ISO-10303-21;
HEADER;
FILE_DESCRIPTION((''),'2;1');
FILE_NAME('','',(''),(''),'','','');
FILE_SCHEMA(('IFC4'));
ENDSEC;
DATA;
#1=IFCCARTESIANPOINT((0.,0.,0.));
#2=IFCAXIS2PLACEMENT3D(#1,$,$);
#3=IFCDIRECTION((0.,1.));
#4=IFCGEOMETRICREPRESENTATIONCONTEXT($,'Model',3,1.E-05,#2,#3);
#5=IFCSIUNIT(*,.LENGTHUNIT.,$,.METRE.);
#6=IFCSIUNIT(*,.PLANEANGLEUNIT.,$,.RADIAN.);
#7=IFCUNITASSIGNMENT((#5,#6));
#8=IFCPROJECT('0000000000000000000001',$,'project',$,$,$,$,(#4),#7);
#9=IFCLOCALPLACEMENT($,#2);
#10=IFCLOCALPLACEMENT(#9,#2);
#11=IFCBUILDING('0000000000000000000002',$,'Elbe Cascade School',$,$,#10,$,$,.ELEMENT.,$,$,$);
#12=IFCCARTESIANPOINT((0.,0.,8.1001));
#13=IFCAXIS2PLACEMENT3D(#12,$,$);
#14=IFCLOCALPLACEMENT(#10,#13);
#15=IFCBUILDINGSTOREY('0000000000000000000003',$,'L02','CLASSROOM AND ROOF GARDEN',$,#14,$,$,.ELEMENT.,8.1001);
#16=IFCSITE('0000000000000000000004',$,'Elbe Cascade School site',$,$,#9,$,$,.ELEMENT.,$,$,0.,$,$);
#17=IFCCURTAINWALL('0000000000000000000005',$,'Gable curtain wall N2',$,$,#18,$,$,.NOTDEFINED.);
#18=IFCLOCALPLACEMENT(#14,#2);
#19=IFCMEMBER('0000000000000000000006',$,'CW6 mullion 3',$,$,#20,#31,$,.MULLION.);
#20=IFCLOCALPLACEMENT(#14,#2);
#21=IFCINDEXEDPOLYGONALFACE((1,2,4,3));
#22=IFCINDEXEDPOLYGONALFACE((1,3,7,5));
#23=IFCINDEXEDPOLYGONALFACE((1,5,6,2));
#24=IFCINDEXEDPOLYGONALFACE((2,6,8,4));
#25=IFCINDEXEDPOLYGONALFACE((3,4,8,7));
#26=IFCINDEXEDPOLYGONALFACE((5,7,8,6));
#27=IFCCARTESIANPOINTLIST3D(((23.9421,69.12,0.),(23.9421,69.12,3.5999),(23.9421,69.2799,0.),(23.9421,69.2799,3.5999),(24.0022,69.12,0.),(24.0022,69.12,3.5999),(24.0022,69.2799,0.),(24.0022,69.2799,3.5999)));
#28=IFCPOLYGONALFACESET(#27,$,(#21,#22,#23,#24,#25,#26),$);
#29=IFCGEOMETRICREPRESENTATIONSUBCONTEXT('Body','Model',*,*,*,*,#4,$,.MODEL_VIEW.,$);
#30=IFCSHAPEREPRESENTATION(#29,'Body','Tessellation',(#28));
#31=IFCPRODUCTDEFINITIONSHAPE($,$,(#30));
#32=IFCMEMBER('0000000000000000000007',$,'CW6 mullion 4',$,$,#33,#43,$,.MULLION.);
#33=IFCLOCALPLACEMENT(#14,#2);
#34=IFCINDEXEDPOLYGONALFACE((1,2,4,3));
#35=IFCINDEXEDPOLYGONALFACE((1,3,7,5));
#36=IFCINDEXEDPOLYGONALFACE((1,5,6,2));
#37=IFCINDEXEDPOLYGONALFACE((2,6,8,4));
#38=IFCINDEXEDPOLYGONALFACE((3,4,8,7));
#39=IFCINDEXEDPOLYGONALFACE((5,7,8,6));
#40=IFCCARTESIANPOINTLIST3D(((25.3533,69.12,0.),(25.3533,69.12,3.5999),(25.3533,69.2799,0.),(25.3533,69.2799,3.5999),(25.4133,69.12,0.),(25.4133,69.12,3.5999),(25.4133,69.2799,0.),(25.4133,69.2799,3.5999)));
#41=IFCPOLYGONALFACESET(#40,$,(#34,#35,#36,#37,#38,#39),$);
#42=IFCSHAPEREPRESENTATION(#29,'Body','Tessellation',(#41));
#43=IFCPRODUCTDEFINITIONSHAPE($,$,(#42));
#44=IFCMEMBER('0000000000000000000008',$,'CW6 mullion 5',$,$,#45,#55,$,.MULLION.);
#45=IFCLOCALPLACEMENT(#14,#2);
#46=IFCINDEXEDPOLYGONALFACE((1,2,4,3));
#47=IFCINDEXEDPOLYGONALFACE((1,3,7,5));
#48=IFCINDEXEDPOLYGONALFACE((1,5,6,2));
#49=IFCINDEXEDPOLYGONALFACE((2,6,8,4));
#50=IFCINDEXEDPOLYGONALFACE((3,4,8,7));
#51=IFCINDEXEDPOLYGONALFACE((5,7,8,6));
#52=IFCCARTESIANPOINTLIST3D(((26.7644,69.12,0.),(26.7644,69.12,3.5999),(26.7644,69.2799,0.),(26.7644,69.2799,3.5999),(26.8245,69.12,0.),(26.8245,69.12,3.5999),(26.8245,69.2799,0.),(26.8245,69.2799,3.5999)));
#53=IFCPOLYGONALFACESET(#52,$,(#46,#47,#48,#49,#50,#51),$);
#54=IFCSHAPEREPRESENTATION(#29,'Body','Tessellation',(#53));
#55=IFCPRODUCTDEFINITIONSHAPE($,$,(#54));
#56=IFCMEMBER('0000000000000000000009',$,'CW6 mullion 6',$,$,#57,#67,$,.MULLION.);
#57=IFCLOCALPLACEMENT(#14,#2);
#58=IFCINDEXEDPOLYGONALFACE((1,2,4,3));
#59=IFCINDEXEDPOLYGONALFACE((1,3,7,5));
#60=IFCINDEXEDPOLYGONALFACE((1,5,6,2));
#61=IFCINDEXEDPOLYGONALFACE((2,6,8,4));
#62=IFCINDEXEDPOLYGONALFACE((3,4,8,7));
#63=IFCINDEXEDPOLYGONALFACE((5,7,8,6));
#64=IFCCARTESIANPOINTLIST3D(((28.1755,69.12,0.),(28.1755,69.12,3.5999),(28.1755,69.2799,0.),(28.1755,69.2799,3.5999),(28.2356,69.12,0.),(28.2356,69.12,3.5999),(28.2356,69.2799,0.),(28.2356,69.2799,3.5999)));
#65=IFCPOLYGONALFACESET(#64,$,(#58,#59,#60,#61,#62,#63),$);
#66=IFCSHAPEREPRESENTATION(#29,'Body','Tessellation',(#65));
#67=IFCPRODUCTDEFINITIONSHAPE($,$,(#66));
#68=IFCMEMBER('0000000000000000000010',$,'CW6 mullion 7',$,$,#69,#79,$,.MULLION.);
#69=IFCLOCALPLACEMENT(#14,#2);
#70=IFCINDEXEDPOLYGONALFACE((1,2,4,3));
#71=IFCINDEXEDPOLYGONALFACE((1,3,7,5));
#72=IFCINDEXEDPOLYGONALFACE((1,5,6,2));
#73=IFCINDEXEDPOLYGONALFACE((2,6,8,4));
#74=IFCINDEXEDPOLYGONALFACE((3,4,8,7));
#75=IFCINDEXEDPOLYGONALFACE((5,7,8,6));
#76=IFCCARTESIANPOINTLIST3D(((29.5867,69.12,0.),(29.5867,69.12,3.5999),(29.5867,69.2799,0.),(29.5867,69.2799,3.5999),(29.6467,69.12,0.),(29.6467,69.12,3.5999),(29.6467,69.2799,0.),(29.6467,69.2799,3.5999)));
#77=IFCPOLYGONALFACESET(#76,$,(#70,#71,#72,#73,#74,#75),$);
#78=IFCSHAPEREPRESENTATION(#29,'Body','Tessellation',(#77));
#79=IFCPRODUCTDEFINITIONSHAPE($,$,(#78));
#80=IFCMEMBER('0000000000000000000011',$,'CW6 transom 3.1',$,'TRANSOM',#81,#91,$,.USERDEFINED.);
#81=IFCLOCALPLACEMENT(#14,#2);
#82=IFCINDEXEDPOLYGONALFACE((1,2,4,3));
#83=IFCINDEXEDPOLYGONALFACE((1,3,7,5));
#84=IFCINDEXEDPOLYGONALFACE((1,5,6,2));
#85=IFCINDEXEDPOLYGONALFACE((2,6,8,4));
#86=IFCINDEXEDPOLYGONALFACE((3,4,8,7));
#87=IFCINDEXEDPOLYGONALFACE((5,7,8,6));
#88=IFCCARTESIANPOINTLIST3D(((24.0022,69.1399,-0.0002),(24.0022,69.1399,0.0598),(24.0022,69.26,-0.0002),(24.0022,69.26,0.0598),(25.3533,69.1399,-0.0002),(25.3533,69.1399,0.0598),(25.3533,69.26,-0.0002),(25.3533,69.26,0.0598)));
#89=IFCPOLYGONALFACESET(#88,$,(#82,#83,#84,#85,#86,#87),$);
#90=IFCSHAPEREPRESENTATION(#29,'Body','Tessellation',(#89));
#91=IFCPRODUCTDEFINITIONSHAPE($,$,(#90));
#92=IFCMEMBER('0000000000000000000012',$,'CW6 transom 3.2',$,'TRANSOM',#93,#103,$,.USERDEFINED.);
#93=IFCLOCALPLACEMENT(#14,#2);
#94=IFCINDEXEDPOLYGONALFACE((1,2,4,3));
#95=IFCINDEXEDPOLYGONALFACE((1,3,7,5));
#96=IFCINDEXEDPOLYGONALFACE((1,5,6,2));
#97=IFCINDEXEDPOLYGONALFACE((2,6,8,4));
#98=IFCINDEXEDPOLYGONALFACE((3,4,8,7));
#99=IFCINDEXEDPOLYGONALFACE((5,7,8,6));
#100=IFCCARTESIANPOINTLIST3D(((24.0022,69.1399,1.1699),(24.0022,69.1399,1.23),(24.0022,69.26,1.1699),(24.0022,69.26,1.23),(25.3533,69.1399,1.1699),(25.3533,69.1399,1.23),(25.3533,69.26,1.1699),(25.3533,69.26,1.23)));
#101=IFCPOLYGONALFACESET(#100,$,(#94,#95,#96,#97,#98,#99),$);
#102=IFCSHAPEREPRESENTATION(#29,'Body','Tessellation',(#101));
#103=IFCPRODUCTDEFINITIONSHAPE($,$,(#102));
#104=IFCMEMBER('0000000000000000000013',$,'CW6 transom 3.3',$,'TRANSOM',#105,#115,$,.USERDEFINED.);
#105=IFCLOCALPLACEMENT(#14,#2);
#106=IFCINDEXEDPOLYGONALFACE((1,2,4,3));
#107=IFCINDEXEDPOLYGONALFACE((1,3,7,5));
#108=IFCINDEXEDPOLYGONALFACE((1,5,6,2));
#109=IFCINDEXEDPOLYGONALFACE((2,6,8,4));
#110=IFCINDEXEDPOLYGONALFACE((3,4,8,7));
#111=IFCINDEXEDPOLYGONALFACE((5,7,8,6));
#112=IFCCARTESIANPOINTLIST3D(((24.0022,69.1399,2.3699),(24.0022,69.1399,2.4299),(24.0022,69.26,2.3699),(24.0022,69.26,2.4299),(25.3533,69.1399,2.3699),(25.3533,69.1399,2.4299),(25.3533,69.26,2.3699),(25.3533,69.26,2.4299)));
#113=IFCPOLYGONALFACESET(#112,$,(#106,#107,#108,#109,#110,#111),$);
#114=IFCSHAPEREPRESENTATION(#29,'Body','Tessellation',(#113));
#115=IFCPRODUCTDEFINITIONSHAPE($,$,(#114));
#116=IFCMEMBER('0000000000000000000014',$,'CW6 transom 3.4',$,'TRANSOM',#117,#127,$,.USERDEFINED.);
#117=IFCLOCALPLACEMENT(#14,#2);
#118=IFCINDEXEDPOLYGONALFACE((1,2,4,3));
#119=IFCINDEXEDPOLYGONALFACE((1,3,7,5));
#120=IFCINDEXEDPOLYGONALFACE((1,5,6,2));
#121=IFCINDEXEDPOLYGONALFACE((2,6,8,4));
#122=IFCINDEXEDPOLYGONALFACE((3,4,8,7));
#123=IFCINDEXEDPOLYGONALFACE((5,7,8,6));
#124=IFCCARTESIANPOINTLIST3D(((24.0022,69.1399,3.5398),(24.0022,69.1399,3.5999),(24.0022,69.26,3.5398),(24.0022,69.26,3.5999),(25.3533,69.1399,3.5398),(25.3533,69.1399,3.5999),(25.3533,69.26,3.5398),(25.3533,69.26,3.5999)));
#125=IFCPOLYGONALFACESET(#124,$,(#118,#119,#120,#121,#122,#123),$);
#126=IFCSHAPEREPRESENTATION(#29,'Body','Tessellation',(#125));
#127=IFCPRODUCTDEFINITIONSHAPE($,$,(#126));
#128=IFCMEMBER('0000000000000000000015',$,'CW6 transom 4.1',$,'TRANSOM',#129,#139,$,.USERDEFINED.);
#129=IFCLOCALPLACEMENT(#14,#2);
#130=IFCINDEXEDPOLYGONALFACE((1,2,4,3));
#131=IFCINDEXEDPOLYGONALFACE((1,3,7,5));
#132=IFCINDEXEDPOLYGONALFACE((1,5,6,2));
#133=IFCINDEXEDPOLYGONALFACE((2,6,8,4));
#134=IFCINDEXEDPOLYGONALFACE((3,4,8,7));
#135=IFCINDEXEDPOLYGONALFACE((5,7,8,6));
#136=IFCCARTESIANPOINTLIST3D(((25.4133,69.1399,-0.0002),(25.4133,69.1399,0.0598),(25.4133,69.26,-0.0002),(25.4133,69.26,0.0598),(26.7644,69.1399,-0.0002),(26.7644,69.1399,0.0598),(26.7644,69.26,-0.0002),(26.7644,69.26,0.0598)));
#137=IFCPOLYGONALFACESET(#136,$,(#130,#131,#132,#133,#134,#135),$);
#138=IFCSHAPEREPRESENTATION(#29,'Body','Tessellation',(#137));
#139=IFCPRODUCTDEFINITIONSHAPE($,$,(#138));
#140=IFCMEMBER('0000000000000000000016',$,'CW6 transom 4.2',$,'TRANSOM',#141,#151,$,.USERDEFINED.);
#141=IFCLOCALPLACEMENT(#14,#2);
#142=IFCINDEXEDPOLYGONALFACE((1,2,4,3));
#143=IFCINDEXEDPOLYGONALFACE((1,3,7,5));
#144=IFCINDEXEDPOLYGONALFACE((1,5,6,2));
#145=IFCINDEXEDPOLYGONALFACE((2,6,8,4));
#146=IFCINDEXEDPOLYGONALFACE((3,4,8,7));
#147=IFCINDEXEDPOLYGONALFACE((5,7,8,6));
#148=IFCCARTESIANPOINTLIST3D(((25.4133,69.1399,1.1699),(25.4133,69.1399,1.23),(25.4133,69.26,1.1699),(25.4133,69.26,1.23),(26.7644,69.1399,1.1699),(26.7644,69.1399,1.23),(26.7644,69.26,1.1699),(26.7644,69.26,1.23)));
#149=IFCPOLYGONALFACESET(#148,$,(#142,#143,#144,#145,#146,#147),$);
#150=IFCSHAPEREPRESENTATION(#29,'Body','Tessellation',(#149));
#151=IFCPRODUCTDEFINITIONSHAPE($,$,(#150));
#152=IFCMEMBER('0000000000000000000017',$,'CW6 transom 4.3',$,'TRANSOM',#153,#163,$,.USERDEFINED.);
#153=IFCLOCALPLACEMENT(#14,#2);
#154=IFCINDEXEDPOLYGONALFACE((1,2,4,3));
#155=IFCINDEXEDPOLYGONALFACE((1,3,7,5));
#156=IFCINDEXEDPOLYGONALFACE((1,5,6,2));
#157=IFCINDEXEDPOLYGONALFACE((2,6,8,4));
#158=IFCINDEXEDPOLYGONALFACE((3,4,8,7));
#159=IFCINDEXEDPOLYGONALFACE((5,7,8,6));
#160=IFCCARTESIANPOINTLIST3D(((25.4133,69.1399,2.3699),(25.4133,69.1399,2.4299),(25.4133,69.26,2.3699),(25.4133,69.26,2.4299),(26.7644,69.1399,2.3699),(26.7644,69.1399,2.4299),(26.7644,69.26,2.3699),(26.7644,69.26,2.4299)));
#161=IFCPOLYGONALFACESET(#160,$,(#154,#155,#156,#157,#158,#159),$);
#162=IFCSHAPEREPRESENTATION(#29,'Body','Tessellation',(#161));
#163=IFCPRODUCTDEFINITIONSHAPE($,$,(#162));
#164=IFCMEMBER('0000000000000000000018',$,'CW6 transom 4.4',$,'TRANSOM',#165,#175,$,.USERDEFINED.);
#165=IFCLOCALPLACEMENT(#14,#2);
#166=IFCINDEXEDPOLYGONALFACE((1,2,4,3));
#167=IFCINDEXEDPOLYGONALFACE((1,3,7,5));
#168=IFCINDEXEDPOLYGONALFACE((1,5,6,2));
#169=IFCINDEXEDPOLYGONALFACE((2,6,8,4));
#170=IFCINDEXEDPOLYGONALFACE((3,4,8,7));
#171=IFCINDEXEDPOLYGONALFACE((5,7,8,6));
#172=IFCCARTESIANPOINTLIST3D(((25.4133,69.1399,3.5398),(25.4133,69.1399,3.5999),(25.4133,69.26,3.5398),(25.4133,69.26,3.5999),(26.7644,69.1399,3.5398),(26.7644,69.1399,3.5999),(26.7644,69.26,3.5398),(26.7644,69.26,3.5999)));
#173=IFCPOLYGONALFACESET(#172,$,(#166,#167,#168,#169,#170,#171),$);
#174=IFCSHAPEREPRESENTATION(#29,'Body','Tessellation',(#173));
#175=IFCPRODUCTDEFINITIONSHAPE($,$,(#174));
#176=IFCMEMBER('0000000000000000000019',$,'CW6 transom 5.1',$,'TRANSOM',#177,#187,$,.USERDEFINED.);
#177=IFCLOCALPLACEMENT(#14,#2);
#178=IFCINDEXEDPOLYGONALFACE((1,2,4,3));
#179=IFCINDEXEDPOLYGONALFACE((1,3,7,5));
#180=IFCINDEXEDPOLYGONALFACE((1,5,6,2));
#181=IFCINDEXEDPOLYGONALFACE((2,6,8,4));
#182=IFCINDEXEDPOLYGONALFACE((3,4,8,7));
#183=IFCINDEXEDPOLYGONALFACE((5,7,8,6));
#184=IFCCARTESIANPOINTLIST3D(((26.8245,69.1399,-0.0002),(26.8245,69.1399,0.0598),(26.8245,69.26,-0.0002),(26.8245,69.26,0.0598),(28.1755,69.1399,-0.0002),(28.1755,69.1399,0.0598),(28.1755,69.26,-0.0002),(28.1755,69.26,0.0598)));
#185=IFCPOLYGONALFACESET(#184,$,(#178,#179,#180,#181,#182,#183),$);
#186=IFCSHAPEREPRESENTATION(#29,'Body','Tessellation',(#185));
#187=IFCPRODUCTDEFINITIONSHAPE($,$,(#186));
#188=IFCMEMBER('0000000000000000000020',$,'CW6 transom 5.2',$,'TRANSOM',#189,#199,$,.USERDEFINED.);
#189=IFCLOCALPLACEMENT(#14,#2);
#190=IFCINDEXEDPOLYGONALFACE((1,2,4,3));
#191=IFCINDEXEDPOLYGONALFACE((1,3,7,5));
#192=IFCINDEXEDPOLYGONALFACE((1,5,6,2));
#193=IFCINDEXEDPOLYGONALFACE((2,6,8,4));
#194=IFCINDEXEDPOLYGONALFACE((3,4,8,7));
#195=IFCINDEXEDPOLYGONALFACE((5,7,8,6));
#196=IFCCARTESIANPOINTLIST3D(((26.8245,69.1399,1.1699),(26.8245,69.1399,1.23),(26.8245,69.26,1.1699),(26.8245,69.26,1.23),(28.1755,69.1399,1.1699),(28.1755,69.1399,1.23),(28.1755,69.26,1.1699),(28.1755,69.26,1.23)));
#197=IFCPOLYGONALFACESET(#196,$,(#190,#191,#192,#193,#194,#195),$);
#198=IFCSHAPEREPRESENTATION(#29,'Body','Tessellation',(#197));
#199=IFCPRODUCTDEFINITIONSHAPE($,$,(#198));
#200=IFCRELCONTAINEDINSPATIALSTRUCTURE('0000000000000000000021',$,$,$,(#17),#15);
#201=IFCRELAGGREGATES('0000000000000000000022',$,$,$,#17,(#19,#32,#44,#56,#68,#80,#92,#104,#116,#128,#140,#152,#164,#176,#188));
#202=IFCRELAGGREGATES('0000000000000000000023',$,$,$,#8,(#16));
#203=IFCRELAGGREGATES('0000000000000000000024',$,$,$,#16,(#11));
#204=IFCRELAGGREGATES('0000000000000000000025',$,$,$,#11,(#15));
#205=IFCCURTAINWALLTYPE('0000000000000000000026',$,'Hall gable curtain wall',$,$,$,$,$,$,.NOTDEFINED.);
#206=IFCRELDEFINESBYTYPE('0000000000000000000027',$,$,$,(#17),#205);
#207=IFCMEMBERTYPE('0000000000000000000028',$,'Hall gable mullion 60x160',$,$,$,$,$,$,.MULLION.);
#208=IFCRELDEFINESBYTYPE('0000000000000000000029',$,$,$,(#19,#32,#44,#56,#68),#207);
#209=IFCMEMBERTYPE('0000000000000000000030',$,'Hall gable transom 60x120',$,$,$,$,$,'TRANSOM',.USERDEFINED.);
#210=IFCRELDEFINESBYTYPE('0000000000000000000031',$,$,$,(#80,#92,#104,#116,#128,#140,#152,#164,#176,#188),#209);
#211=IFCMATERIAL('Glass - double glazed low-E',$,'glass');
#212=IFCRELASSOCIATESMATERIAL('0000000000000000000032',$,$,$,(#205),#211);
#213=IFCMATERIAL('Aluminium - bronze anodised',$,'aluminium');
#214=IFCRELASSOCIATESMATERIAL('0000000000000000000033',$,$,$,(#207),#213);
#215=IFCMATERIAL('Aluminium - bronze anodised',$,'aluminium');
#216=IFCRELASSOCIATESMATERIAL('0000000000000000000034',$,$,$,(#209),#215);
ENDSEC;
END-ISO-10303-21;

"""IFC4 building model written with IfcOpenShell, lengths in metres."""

from ifc_helpers import new_model, si_unit, direction, frame, origin, origin_2d, place, context, subcontext, project, spatial, rectangle, extrude, material, material_profile, profile_set, type_object, element, aggregate, save


model = new_model("IFC4")

# Units and contexts
model_context = context("Model", 3, precision=1e-05, world=origin(), true_north=direction((0.0, 1.0)))
body_context = subcontext(model_context, "Body", "Model", "MODEL_VIEW")
ifc_project = project(units=[si_unit("LENGTHUNIT", "METRE"), si_unit("PLANEANGLEUNIT", "RADIAN")], contexts=[model_context])

# Site, building, storey
site_placement = place(None, origin())
site = spatial("IfcSite", under=ifc_project, at=site_placement, Name="Elbe Cascade School site", CompositionType="ELEMENT", RefElevation=0.0)
building_placement = place(site_placement, origin())
building = spatial("IfcBuilding", under=site, at=building_placement, Name="Elbe Cascade School", CompositionType="ELEMENT")
storey_placement = place(building_placement, frame((0.0, 0.0, 8.1001)))
storey = spatial("IfcBuildingStorey", under=building, at=storey_placement, Name="L02", Description="CLASSROOM AND ROOF GARDEN", CompositionType="ELEMENT", Elevation=8.1001)

# Curtain wall, members
ifc_material_1 = material(Name="Glass - double glazed low-E", Category="glass")
curtain_wall_type = type_object("IfcCurtainWallType", Name="Hall gable curtain wall", PredefinedType="NOTDEFINED", material=ifc_material_1)
curtain_wall_placement = place(storey_placement, origin())
curtain_wall = element("IfcCurtainWall", 1, at=curtain_wall_placement, inside=storey, type_object=curtain_wall_type, Name="Gable curtain wall N2", PredefinedType="NOTDEFINED")
ifc_material_2 = material(Name="Aluminium - bronze anodised", Category="aluminium")
ifc_material_profile_1 = material_profile(ifc_material_2, rectangle(XDim=0.1599, YDim=0.0601, at=origin_2d()), Name="Alu 60x160")
ifc_profile_set_1 = profile_set([ifc_material_profile_1], Name="Aluminium - bronze anodised")
member_type_1 = type_object("IfcMemberType", Name="Hall gable mullion 60x160", PredefinedType="MULLION", material=ifc_profile_set_1)
member_1_placement = place(storey_placement, frame((23.9722, 69.2, 0.0), z_axis=(0.0, 0.0, 1.0), x_axis=(0.0, 1.0, 0.0)))
member_1 = element("IfcMember", 2, at=member_1_placement, type_object=member_type_1, Name="CW6 mullion 3", PredefinedType="MULLION", context=body_context, shape_type="SweptSolid", body=[
    extrude(rectangle(XDim=0.1599, YDim=0.0601, at=origin_2d()), origin(), (0.0, 0.0, 1.0), 3.5999),
])
member_2_placement = place(storey_placement, frame((25.3833, 69.2, 0.0), z_axis=(0.0, 0.0, 1.0), x_axis=(0.0, 1.0, 0.0)))
member_2 = element("IfcMember", 3, at=member_2_placement, type_object=member_type_1, Name="CW6 mullion 4", PredefinedType="MULLION", context=body_context, shape_type="SweptSolid", body=[
    extrude(rectangle(XDim=0.1599, YDim=0.0601, at=origin_2d()), origin(), (0.0, 0.0, 1.0), 3.5999),
])
member_3_placement = place(storey_placement, frame((26.7944, 69.2, 0.0), z_axis=(0.0, 0.0, 1.0), x_axis=(0.0, 1.0, 0.0)))
member_3 = element("IfcMember", 4, at=member_3_placement, type_object=member_type_1, Name="CW6 mullion 5", PredefinedType="MULLION", context=body_context, shape_type="SweptSolid", body=[
    extrude(rectangle(XDim=0.1599, YDim=0.0601, at=origin_2d()), origin(), (0.0, 0.0, 1.0), 3.5999),
])
member_4_placement = place(storey_placement, frame((28.2056, 69.2, 0.0), z_axis=(0.0, 0.0, 1.0), x_axis=(0.0, 1.0, 0.0)))
member_4 = element("IfcMember", 5, at=member_4_placement, type_object=member_type_1, Name="CW6 mullion 6", PredefinedType="MULLION", context=body_context, shape_type="SweptSolid", body=[
    extrude(rectangle(XDim=0.1599, YDim=0.0601, at=origin_2d()), origin(), (0.0, 0.0, 1.0), 3.5999),
])
member_5_placement = place(storey_placement, frame((29.6167, 69.2, 0.0), z_axis=(0.0, 0.0, 1.0), x_axis=(0.0, 1.0, 0.0)))
member_5 = element("IfcMember", 6, at=member_5_placement, type_object=member_type_1, Name="CW6 mullion 7", PredefinedType="MULLION", context=body_context, shape_type="SweptSolid", body=[
    extrude(rectangle(XDim=0.1599, YDim=0.0601, at=origin_2d()), origin(), (0.0, 0.0, 1.0), 3.5999),
])
ifc_material_3 = material(Name="Aluminium - bronze anodised", Category="aluminium")
ifc_material_profile_2 = material_profile(ifc_material_3, rectangle(XDim=0.1201, YDim=0.0601, at=origin_2d()), Name="Alu 60x120")
ifc_profile_set_2 = profile_set([ifc_material_profile_2], Name="Aluminium - bronze anodised")
member_type_2 = type_object("IfcMemberType", Name="Hall gable transom 60x120", ElementType="TRANSOM", PredefinedType="USERDEFINED", material=ifc_profile_set_2)
member_6_placement = place(storey_placement, frame((24.0022, 69.2, 0.0298), z_axis=(1.0, 0.0, 0.0), x_axis=(0.0, 1.0, 0.0)))
member_6 = element("IfcMember", 7, at=member_6_placement, type_object=member_type_2, Name="CW6 transom 3.1", ObjectType="TRANSOM", PredefinedType="USERDEFINED", context=body_context, shape_type="SweptSolid", body=[
    extrude(rectangle(XDim=0.1201, YDim=0.0601, at=origin_2d()), origin(), (0.0, 0.0, 1.0), 1.3511),
])
member_7_placement = place(storey_placement, frame((24.0022, 69.2, 1.2), z_axis=(1.0, 0.0, 0.0), x_axis=(0.0, 1.0, 0.0)))
member_7 = element("IfcMember", 8, at=member_7_placement, type_object=member_type_2, Name="CW6 transom 3.2", ObjectType="TRANSOM", PredefinedType="USERDEFINED", context=body_context, shape_type="SweptSolid", body=[
    extrude(rectangle(XDim=0.1201, YDim=0.0601, at=origin_2d()), origin(), (0.0, 0.0, 1.0), 1.3511),
])
member_8_placement = place(storey_placement, frame((24.0022, 69.2, 2.3999), z_axis=(1.0, 0.0, 0.0), x_axis=(0.0, 1.0, 0.0)))
member_8 = element("IfcMember", 9, at=member_8_placement, type_object=member_type_2, Name="CW6 transom 3.3", ObjectType="TRANSOM", PredefinedType="USERDEFINED", context=body_context, shape_type="SweptSolid", body=[
    extrude(rectangle(XDim=0.1201, YDim=0.0601, at=origin_2d()), origin(), (0.0, 0.0, 1.0), 1.3511),
])
member_9_placement = place(storey_placement, frame((24.0022, 69.2, 3.5698), z_axis=(1.0, 0.0, 0.0), x_axis=(0.0, 1.0, 0.0)))
member_9 = element("IfcMember", 10, at=member_9_placement, type_object=member_type_2, Name="CW6 transom 3.4", ObjectType="TRANSOM", PredefinedType="USERDEFINED", context=body_context, shape_type="SweptSolid", body=[
    extrude(rectangle(XDim=0.1201, YDim=0.0601, at=origin_2d()), origin(), (0.0, 0.0, 1.0), 1.3511),
])
member_10_placement = place(storey_placement, frame((25.4133, 69.2, 0.0298), z_axis=(1.0, 0.0, 0.0), x_axis=(0.0, 1.0, 0.0)))
member_10 = element("IfcMember", 11, at=member_10_placement, type_object=member_type_2, Name="CW6 transom 4.1", ObjectType="TRANSOM", PredefinedType="USERDEFINED", context=body_context, shape_type="SweptSolid", body=[
    extrude(rectangle(XDim=0.1201, YDim=0.0601, at=origin_2d()), origin(), (0.0, 0.0, 1.0), 1.3511),
])
member_11_placement = place(storey_placement, frame((25.4133, 69.2, 1.2), z_axis=(1.0, 0.0, 0.0), x_axis=(0.0, 1.0, 0.0)))
member_11 = element("IfcMember", 12, at=member_11_placement, type_object=member_type_2, Name="CW6 transom 4.2", ObjectType="TRANSOM", PredefinedType="USERDEFINED", context=body_context, shape_type="SweptSolid", body=[
    extrude(rectangle(XDim=0.1201, YDim=0.0601, at=origin_2d()), origin(), (0.0, 0.0, 1.0), 1.3511),
])
member_12_placement = place(storey_placement, frame((25.4133, 69.2, 2.3999), z_axis=(1.0, 0.0, 0.0), x_axis=(0.0, 1.0, 0.0)))
member_12 = element("IfcMember", 13, at=member_12_placement, type_object=member_type_2, Name="CW6 transom 4.3", ObjectType="TRANSOM", PredefinedType="USERDEFINED", context=body_context, shape_type="SweptSolid", body=[
    extrude(rectangle(XDim=0.1201, YDim=0.0601, at=origin_2d()), origin(), (0.0, 0.0, 1.0), 1.3511),
])
member_13_placement = place(storey_placement, frame((25.4133, 69.2, 3.5698), z_axis=(1.0, 0.0, 0.0), x_axis=(0.0, 1.0, 0.0)))
member_13 = element("IfcMember", 14, at=member_13_placement, type_object=member_type_2, Name="CW6 transom 4.4", ObjectType="TRANSOM", PredefinedType="USERDEFINED", context=body_context, shape_type="SweptSolid", body=[
    extrude(rectangle(XDim=0.1201, YDim=0.0601, at=origin_2d()), origin(), (0.0, 0.0, 1.0), 1.3511),
])
member_14_placement = place(storey_placement, frame((26.8245, 69.2, 0.0298), z_axis=(1.0, 0.0, 0.0), x_axis=(0.0, 1.0, 0.0)))
member_14 = element("IfcMember", 15, at=member_14_placement, type_object=member_type_2, Name="CW6 transom 5.1", ObjectType="TRANSOM", PredefinedType="USERDEFINED", context=body_context, shape_type="SweptSolid", body=[
    extrude(rectangle(XDim=0.1201, YDim=0.0601, at=origin_2d()), origin(), (0.0, 0.0, 1.0), 1.3511),
])
member_15_placement = place(storey_placement, frame((26.8245, 69.2, 1.2), z_axis=(1.0, 0.0, 0.0), x_axis=(0.0, 1.0, 0.0)))
member_15 = element("IfcMember", 16, at=member_15_placement, type_object=member_type_2, Name="CW6 transom 5.2", ObjectType="TRANSOM", PredefinedType="USERDEFINED", context=body_context, shape_type="SweptSolid", body=[
    extrude(rectangle(XDim=0.1201, YDim=0.0601, at=origin_2d()), origin(), (0.0, 0.0, 1.0), 1.3511),
])
aggregate(curtain_wall, [member_1, member_2, member_3, member_4, member_5, member_6, member_7, member_8, member_9, member_10, member_11, member_12, member_13, member_14, member_15])

save(model, "model.ifc")
